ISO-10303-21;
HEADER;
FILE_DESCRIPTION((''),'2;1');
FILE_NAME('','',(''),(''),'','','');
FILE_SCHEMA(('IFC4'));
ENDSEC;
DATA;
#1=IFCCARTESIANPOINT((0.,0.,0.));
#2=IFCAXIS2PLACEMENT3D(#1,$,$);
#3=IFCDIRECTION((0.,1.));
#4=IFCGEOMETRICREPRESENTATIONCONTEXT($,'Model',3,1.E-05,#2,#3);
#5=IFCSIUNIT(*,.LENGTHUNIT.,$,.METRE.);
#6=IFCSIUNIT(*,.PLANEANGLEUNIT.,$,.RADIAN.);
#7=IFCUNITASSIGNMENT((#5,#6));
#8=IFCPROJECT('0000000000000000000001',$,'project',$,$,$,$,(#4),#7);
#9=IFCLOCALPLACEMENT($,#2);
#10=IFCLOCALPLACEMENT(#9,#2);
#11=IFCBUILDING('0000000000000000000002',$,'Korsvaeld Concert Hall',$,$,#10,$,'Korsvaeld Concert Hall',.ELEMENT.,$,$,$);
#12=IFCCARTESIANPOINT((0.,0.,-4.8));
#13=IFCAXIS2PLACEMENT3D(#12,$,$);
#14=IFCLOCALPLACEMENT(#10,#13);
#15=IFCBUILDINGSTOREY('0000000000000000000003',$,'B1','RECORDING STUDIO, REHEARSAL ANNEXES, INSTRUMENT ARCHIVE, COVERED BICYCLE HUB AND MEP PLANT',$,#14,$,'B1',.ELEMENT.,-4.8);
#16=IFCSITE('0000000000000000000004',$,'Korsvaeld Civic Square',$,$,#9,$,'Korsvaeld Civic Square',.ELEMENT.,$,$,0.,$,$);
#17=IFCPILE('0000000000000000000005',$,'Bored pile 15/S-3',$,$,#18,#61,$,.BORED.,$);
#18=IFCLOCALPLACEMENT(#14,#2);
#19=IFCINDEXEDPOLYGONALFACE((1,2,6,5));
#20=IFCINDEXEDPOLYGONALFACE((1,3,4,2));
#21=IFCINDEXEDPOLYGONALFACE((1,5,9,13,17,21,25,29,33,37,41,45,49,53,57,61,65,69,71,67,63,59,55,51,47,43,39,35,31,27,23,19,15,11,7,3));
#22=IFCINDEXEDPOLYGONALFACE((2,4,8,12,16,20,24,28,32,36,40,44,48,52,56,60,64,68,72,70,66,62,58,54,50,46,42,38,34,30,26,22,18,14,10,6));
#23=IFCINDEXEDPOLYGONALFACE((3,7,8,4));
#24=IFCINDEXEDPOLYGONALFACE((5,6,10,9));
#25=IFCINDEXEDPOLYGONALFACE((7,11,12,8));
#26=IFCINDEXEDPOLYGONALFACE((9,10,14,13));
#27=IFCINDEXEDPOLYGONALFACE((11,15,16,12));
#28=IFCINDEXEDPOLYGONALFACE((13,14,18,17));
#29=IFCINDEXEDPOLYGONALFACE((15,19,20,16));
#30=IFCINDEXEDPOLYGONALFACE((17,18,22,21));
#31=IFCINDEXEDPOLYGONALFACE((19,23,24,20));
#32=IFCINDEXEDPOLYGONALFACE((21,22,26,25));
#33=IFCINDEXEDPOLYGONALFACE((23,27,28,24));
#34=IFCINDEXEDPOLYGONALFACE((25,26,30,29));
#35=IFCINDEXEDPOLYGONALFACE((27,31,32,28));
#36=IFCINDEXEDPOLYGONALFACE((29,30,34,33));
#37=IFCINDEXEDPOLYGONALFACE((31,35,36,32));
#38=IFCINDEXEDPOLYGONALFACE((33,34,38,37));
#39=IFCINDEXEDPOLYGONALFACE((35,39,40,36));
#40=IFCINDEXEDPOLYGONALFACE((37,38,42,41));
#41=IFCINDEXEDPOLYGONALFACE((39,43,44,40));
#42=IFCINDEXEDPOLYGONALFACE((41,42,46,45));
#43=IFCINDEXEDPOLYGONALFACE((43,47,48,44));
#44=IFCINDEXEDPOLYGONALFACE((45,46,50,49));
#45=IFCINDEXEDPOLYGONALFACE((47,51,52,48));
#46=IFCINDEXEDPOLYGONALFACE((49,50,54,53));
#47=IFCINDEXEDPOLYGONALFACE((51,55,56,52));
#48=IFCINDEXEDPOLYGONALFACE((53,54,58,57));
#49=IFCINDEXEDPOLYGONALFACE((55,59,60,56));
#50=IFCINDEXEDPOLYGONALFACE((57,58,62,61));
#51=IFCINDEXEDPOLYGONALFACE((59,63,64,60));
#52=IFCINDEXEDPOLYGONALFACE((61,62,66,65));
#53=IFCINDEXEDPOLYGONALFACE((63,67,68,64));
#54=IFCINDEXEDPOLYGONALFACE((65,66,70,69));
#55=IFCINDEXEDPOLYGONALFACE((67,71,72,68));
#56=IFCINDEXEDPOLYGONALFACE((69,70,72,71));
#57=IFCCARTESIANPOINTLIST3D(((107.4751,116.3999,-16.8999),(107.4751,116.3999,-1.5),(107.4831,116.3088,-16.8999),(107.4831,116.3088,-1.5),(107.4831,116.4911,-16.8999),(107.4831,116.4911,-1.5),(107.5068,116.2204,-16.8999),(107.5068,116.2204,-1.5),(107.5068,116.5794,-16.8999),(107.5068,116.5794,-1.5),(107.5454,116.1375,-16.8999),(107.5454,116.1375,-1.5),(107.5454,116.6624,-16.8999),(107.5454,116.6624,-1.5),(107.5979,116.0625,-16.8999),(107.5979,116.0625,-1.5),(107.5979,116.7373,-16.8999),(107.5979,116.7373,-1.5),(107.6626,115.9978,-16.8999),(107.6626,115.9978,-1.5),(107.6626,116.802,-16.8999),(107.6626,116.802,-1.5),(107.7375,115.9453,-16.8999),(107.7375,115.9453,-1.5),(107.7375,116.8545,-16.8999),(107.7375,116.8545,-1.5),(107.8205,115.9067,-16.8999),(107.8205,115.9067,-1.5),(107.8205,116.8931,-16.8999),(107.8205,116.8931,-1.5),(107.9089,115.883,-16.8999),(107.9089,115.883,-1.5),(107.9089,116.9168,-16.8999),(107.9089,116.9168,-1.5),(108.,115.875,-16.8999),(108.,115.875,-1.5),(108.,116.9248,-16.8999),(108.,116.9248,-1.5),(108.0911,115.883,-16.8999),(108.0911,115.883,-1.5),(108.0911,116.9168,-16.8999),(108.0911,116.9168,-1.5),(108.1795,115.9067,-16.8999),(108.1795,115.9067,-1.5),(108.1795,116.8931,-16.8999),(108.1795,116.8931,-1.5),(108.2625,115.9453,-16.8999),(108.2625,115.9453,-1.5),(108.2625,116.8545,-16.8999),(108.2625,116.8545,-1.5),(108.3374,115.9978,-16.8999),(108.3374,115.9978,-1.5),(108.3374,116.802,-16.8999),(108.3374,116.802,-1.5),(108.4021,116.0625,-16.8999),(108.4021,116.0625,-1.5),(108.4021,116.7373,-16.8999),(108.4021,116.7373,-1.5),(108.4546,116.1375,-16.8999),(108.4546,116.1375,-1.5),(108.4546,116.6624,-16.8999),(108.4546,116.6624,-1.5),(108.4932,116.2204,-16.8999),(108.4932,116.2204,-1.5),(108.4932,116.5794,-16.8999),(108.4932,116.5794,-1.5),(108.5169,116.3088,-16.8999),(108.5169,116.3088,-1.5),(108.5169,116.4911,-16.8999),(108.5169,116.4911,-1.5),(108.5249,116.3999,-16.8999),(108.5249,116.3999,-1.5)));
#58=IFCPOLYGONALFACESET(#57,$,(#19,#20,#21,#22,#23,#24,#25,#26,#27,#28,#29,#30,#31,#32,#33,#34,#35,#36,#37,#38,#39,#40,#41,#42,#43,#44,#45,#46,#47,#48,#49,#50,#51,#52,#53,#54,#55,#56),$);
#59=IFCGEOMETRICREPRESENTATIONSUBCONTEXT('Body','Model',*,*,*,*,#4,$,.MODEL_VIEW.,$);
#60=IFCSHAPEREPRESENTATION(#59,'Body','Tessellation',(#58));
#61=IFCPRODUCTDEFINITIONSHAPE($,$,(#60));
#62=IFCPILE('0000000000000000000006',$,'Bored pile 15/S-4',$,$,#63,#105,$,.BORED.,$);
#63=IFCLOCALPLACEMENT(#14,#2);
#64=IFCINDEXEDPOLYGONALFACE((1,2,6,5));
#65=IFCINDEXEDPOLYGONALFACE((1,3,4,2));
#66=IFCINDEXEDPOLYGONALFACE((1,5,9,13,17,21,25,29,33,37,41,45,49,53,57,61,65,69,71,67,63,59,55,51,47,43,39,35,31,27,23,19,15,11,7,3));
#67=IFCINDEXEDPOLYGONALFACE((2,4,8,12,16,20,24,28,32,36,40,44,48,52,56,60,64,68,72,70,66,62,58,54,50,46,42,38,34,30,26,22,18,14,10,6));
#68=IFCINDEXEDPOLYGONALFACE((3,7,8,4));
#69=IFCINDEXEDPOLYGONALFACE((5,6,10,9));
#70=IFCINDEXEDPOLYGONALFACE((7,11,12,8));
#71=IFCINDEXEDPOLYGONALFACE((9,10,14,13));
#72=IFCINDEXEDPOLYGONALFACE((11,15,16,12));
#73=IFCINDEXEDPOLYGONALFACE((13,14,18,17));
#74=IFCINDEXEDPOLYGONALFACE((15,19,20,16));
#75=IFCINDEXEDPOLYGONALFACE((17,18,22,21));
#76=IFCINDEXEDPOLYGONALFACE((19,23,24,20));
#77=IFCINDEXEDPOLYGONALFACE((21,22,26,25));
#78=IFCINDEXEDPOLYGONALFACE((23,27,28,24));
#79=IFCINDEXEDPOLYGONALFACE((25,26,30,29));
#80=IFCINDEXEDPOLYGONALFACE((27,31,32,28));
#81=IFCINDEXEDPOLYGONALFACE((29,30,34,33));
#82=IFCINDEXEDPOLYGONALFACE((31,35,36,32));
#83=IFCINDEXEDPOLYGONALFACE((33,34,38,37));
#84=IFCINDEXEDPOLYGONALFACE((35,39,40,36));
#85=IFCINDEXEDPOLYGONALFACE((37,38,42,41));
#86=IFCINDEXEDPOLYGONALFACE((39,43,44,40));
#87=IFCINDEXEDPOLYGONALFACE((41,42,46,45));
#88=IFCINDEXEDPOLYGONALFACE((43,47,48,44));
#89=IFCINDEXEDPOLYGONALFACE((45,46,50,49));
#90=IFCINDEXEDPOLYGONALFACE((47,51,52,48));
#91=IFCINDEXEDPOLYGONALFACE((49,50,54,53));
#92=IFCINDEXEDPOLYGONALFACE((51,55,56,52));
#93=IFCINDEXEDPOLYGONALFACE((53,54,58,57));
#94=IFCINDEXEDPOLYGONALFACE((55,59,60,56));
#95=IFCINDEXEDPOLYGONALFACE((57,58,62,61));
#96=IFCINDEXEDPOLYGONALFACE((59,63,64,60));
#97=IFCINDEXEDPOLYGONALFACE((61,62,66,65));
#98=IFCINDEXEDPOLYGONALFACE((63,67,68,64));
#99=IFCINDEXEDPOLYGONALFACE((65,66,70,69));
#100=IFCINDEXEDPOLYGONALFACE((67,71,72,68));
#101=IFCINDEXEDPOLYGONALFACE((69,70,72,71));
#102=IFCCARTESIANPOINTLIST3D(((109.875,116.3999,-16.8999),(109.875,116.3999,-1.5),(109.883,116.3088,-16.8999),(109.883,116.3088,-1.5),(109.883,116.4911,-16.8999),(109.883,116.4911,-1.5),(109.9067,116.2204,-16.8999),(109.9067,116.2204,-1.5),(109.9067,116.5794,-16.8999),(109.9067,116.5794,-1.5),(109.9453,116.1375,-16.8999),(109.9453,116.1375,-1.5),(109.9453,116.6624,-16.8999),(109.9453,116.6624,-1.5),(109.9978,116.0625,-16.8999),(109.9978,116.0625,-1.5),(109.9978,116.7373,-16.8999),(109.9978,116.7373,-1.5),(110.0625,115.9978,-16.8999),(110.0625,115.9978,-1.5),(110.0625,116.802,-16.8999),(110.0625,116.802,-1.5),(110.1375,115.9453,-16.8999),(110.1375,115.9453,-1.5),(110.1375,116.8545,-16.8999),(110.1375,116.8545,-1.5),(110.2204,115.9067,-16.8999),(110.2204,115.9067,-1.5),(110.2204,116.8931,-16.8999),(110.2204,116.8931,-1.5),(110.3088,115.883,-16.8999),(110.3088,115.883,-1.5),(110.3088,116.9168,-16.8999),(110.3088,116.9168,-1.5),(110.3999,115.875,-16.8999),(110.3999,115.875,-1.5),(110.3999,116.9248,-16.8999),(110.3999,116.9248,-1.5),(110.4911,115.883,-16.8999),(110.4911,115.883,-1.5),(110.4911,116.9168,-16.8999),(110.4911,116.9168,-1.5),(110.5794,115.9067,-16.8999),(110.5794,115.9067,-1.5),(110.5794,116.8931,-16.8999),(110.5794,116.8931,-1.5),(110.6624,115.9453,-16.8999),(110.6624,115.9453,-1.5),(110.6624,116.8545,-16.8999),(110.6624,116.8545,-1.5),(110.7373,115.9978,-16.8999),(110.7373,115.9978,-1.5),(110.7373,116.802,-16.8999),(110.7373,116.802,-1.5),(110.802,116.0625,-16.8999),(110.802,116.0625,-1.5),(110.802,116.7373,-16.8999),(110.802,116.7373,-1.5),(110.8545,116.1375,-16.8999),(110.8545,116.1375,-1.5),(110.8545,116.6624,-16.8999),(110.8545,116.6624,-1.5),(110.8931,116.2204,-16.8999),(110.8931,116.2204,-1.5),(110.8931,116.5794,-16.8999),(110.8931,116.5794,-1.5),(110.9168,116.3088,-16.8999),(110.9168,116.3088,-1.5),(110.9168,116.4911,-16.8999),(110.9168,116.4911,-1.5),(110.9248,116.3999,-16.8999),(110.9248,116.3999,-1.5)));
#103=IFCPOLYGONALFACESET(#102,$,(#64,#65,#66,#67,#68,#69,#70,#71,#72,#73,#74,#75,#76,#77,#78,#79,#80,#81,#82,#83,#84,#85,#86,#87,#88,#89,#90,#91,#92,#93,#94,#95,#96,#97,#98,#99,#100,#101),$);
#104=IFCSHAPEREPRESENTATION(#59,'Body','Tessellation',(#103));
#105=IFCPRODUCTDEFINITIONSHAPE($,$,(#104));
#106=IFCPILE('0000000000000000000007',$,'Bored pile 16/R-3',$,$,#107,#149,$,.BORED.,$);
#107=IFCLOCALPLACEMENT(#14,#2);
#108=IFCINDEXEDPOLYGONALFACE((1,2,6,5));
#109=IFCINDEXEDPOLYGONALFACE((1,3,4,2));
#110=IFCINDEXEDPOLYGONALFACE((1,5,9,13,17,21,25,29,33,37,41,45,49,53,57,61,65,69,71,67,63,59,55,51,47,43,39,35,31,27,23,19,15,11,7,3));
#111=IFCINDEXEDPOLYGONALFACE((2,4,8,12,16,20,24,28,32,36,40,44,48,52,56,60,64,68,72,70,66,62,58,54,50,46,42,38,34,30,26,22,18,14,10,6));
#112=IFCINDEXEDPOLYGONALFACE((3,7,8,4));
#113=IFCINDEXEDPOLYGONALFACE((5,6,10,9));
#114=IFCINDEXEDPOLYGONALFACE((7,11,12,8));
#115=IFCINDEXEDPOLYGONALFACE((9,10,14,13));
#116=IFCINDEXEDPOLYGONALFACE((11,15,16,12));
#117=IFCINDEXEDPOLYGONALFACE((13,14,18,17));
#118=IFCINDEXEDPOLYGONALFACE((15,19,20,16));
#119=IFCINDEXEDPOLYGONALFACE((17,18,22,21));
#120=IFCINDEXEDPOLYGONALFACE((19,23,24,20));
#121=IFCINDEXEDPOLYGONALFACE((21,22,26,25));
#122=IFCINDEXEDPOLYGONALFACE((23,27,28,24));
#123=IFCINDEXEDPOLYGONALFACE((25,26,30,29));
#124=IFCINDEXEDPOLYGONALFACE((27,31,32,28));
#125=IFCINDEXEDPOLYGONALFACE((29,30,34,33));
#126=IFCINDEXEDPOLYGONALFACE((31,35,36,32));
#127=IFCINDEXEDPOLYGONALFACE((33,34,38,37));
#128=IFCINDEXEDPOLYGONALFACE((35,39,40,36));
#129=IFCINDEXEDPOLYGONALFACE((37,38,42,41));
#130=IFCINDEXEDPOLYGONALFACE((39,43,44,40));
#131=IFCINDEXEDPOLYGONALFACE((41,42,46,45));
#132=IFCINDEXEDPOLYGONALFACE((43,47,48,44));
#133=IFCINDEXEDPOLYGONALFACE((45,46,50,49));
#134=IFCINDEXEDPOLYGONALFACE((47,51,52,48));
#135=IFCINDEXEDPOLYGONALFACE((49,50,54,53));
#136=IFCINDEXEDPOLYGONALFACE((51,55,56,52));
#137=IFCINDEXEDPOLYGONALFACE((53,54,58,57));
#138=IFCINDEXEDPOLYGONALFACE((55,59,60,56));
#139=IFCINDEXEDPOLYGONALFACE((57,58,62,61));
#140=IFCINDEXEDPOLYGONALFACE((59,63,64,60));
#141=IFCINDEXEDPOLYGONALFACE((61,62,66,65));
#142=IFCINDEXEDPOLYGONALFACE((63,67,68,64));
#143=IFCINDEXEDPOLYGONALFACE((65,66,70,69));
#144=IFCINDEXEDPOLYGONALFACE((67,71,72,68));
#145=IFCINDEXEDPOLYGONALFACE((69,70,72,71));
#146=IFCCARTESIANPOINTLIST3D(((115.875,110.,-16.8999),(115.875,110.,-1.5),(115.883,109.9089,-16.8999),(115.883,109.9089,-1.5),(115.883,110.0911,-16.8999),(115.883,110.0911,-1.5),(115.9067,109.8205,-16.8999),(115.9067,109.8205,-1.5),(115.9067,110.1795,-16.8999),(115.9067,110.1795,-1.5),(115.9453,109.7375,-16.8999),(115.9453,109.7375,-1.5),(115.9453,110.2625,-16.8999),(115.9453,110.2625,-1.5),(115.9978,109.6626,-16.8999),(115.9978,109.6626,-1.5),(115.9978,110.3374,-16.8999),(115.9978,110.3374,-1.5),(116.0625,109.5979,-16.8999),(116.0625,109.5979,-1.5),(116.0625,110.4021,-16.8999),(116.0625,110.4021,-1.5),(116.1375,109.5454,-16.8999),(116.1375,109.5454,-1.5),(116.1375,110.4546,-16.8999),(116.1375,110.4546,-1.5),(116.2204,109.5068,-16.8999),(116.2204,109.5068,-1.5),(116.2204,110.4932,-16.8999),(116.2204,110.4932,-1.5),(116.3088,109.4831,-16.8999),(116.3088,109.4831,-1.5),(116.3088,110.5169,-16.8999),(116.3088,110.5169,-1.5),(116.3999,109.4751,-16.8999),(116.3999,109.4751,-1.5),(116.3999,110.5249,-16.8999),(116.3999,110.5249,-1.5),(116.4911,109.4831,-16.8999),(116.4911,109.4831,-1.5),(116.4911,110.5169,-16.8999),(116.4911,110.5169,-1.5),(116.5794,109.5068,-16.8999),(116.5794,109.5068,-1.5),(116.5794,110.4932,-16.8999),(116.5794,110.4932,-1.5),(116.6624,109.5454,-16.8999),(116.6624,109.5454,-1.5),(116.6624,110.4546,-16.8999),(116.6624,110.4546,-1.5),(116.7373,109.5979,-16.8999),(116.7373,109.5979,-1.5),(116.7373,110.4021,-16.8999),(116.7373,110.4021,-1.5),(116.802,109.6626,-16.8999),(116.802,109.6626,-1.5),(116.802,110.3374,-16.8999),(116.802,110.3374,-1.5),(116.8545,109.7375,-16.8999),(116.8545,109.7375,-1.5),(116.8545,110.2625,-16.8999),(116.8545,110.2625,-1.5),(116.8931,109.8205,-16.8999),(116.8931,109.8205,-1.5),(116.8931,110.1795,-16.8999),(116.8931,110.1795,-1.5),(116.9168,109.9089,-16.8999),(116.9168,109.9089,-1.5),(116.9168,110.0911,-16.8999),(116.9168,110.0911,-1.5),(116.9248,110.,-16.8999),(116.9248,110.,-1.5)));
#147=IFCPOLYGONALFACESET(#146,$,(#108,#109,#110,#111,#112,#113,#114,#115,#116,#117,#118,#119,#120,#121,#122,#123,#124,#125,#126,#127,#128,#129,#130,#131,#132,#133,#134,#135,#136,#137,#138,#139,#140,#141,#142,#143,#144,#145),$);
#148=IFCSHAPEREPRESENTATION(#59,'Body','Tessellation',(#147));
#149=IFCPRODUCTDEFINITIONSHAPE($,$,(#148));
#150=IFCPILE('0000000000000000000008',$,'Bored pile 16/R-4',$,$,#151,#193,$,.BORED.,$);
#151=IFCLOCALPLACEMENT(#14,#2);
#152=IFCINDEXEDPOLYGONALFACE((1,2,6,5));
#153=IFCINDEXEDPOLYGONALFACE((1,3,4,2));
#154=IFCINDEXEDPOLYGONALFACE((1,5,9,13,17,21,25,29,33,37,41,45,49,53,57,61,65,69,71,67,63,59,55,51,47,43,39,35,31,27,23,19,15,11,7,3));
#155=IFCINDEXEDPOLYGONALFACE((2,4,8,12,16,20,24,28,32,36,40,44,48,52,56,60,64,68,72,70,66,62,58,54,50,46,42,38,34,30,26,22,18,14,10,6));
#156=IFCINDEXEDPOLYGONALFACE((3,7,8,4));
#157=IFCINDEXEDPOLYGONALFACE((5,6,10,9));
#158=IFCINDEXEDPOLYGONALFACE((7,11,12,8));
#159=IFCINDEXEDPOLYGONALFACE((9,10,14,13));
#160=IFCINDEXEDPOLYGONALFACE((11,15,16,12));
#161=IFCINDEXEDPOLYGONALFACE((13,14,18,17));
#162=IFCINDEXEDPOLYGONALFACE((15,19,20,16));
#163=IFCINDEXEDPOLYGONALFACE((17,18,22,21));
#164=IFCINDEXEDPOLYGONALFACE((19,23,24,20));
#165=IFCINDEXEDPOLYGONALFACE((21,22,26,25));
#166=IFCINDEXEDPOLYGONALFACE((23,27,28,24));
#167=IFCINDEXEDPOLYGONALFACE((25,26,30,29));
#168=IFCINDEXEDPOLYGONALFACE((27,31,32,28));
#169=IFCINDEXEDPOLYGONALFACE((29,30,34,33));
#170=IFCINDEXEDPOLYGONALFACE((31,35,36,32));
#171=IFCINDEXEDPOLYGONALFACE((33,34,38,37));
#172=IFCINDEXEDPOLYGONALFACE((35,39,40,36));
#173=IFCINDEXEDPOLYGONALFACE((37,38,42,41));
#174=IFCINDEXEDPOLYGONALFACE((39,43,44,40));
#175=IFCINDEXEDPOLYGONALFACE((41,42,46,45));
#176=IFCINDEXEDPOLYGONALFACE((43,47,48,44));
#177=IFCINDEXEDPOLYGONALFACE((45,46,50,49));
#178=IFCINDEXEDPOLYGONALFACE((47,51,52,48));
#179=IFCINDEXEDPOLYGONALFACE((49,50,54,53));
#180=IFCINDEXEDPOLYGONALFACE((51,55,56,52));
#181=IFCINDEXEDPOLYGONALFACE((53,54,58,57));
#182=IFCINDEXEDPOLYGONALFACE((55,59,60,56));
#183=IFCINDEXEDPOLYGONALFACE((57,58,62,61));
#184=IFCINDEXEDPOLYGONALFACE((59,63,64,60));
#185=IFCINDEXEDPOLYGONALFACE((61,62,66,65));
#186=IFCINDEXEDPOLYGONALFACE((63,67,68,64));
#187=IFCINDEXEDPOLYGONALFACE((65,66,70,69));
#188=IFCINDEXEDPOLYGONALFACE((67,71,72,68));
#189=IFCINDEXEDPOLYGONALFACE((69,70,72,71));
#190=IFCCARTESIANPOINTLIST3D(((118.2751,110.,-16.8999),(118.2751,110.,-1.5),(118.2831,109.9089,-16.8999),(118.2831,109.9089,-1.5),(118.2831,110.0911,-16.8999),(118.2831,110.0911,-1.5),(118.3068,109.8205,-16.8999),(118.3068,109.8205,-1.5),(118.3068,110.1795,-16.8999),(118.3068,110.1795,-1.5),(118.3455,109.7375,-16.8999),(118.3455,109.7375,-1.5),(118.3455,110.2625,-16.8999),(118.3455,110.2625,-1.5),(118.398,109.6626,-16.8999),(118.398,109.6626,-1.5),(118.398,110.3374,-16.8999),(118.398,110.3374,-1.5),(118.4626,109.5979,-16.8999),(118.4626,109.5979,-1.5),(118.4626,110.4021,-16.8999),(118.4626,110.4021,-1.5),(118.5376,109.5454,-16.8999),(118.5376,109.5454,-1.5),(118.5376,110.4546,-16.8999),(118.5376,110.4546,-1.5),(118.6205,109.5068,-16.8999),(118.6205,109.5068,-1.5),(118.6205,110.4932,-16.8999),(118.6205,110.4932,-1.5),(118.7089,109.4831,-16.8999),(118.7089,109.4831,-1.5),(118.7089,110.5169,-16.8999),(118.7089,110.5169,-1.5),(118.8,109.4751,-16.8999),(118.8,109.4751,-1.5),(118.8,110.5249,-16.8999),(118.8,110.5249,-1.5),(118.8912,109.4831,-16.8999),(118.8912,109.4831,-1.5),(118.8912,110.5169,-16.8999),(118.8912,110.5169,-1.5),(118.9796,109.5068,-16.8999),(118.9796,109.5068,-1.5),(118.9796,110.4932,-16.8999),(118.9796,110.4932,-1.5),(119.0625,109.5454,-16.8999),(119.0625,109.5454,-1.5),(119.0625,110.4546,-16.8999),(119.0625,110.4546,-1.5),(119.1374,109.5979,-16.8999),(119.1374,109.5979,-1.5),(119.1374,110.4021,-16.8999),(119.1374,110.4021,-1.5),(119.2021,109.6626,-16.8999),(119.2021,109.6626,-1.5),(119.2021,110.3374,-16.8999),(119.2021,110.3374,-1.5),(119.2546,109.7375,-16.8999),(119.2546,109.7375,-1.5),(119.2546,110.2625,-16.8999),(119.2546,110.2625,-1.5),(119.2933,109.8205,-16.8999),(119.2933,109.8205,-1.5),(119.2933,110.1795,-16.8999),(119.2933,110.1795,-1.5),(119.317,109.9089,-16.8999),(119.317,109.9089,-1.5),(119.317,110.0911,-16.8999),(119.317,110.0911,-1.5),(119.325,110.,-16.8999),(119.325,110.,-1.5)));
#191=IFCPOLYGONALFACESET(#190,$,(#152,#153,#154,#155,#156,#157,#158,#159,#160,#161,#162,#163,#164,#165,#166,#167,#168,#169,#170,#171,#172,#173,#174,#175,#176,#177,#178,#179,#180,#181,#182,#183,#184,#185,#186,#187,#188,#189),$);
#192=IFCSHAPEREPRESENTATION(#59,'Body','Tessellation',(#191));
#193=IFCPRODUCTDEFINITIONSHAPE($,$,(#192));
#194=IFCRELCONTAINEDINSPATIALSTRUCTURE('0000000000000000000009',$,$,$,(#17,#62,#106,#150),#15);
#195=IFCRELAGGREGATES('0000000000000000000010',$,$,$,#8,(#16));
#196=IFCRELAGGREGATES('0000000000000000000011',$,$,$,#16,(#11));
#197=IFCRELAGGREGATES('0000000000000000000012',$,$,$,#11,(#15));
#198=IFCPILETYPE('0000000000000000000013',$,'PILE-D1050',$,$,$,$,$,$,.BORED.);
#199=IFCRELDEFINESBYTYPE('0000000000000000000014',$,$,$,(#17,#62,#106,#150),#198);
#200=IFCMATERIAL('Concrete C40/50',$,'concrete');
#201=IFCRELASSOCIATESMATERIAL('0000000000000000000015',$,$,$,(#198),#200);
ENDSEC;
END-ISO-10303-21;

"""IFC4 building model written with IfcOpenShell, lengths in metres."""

from ifc_helpers import new_model, si_unit, direction, frame, origin, origin_2d, place, context, subcontext, project, spatial, circle, extrude, material, material_profile, profile_set, type_object, element, save


model = new_model("IFC4")

# Units and contexts
model_context = context("Model", 3, precision=1e-05, world=origin(), true_north=direction((0.0, 1.0)))
body_context = subcontext(model_context, "Body", "Model", "MODEL_VIEW")
ifc_project = project(units=[si_unit("LENGTHUNIT", "METRE"), si_unit("PLANEANGLEUNIT", "RADIAN")], contexts=[model_context])

# Site, building, storey
site_placement = place(None, origin())
site = spatial("IfcSite", under=ifc_project, at=site_placement, Name="Korsvaeld Civic Square", LongName="Korsvaeld Civic Square", CompositionType="ELEMENT", RefElevation=0.0)
building_placement = place(site_placement, origin())
building = spatial("IfcBuilding", under=site, at=building_placement, Name="Korsvaeld Concert Hall", LongName="Korsvaeld Concert Hall", CompositionType="ELEMENT")
storey_placement = place(building_placement, frame((0.0, 0.0, -4.8)))
storey = spatial("IfcBuildingStorey", under=building, at=storey_placement, Name="B1", Description="RECORDING STUDIO, REHEARSAL ANNEXES, INSTRUMENT ARCHIVE, COVERED BICYCLE HUB AND MEP PLANT", LongName="B1", CompositionType="ELEMENT", Elevation=-4.8)

# Piles
ifc_material_1 = material(Name="Concrete C40/50", Category="concrete")
ifc_material_profile_1 = material_profile(ifc_material_1, circle(Radius=0.5249, at=origin_2d()), Name="BORED PILE D1050")
ifc_profile_set_1 = profile_set([ifc_material_profile_1], Name="Concrete C40/50")
pile_type_1 = type_object("IfcPileType", Name="PILE-D1050", PredefinedType="BORED", material=ifc_profile_set_1)
for number, where, z_axis, x_axis, name in (
    (1, (108.0, 116.3999, -1.5), (0.0, 0.0, -1.0), (1.0, 0.0, 0.0), "Bored pile 15/S-3"),
    (2, (110.3999, 116.3999, -1.5), (0.0, 0.0, -1.0), (1.0, 0.0, 0.0), "Bored pile 15/S-4"),
    (3, (116.3999, 110.0, -1.5), (0.0, 0.0, -1.0), (1.0, 0.0, 0.0), "Bored pile 16/R-3"),
    (4, (118.8, 110.0, -1.5), (0.0, 0.0, -1.0), (1.0, 0.0, 0.0), "Bored pile 16/R-4"),
):
    element("IfcPile", number, at=place(storey_placement, frame(where, z_axis=z_axis, x_axis=x_axis)), inside=storey, type_object=pile_type_1, Name=name, PredefinedType="BORED", context=body_context, shape_type="SweptSolid", body=[
        extrude(circle(Radius=0.5249, at=origin_2d()), origin(), (0.0, 0.0, 1.0), 15.3999),
    ])

save(model, "model.ifc")
